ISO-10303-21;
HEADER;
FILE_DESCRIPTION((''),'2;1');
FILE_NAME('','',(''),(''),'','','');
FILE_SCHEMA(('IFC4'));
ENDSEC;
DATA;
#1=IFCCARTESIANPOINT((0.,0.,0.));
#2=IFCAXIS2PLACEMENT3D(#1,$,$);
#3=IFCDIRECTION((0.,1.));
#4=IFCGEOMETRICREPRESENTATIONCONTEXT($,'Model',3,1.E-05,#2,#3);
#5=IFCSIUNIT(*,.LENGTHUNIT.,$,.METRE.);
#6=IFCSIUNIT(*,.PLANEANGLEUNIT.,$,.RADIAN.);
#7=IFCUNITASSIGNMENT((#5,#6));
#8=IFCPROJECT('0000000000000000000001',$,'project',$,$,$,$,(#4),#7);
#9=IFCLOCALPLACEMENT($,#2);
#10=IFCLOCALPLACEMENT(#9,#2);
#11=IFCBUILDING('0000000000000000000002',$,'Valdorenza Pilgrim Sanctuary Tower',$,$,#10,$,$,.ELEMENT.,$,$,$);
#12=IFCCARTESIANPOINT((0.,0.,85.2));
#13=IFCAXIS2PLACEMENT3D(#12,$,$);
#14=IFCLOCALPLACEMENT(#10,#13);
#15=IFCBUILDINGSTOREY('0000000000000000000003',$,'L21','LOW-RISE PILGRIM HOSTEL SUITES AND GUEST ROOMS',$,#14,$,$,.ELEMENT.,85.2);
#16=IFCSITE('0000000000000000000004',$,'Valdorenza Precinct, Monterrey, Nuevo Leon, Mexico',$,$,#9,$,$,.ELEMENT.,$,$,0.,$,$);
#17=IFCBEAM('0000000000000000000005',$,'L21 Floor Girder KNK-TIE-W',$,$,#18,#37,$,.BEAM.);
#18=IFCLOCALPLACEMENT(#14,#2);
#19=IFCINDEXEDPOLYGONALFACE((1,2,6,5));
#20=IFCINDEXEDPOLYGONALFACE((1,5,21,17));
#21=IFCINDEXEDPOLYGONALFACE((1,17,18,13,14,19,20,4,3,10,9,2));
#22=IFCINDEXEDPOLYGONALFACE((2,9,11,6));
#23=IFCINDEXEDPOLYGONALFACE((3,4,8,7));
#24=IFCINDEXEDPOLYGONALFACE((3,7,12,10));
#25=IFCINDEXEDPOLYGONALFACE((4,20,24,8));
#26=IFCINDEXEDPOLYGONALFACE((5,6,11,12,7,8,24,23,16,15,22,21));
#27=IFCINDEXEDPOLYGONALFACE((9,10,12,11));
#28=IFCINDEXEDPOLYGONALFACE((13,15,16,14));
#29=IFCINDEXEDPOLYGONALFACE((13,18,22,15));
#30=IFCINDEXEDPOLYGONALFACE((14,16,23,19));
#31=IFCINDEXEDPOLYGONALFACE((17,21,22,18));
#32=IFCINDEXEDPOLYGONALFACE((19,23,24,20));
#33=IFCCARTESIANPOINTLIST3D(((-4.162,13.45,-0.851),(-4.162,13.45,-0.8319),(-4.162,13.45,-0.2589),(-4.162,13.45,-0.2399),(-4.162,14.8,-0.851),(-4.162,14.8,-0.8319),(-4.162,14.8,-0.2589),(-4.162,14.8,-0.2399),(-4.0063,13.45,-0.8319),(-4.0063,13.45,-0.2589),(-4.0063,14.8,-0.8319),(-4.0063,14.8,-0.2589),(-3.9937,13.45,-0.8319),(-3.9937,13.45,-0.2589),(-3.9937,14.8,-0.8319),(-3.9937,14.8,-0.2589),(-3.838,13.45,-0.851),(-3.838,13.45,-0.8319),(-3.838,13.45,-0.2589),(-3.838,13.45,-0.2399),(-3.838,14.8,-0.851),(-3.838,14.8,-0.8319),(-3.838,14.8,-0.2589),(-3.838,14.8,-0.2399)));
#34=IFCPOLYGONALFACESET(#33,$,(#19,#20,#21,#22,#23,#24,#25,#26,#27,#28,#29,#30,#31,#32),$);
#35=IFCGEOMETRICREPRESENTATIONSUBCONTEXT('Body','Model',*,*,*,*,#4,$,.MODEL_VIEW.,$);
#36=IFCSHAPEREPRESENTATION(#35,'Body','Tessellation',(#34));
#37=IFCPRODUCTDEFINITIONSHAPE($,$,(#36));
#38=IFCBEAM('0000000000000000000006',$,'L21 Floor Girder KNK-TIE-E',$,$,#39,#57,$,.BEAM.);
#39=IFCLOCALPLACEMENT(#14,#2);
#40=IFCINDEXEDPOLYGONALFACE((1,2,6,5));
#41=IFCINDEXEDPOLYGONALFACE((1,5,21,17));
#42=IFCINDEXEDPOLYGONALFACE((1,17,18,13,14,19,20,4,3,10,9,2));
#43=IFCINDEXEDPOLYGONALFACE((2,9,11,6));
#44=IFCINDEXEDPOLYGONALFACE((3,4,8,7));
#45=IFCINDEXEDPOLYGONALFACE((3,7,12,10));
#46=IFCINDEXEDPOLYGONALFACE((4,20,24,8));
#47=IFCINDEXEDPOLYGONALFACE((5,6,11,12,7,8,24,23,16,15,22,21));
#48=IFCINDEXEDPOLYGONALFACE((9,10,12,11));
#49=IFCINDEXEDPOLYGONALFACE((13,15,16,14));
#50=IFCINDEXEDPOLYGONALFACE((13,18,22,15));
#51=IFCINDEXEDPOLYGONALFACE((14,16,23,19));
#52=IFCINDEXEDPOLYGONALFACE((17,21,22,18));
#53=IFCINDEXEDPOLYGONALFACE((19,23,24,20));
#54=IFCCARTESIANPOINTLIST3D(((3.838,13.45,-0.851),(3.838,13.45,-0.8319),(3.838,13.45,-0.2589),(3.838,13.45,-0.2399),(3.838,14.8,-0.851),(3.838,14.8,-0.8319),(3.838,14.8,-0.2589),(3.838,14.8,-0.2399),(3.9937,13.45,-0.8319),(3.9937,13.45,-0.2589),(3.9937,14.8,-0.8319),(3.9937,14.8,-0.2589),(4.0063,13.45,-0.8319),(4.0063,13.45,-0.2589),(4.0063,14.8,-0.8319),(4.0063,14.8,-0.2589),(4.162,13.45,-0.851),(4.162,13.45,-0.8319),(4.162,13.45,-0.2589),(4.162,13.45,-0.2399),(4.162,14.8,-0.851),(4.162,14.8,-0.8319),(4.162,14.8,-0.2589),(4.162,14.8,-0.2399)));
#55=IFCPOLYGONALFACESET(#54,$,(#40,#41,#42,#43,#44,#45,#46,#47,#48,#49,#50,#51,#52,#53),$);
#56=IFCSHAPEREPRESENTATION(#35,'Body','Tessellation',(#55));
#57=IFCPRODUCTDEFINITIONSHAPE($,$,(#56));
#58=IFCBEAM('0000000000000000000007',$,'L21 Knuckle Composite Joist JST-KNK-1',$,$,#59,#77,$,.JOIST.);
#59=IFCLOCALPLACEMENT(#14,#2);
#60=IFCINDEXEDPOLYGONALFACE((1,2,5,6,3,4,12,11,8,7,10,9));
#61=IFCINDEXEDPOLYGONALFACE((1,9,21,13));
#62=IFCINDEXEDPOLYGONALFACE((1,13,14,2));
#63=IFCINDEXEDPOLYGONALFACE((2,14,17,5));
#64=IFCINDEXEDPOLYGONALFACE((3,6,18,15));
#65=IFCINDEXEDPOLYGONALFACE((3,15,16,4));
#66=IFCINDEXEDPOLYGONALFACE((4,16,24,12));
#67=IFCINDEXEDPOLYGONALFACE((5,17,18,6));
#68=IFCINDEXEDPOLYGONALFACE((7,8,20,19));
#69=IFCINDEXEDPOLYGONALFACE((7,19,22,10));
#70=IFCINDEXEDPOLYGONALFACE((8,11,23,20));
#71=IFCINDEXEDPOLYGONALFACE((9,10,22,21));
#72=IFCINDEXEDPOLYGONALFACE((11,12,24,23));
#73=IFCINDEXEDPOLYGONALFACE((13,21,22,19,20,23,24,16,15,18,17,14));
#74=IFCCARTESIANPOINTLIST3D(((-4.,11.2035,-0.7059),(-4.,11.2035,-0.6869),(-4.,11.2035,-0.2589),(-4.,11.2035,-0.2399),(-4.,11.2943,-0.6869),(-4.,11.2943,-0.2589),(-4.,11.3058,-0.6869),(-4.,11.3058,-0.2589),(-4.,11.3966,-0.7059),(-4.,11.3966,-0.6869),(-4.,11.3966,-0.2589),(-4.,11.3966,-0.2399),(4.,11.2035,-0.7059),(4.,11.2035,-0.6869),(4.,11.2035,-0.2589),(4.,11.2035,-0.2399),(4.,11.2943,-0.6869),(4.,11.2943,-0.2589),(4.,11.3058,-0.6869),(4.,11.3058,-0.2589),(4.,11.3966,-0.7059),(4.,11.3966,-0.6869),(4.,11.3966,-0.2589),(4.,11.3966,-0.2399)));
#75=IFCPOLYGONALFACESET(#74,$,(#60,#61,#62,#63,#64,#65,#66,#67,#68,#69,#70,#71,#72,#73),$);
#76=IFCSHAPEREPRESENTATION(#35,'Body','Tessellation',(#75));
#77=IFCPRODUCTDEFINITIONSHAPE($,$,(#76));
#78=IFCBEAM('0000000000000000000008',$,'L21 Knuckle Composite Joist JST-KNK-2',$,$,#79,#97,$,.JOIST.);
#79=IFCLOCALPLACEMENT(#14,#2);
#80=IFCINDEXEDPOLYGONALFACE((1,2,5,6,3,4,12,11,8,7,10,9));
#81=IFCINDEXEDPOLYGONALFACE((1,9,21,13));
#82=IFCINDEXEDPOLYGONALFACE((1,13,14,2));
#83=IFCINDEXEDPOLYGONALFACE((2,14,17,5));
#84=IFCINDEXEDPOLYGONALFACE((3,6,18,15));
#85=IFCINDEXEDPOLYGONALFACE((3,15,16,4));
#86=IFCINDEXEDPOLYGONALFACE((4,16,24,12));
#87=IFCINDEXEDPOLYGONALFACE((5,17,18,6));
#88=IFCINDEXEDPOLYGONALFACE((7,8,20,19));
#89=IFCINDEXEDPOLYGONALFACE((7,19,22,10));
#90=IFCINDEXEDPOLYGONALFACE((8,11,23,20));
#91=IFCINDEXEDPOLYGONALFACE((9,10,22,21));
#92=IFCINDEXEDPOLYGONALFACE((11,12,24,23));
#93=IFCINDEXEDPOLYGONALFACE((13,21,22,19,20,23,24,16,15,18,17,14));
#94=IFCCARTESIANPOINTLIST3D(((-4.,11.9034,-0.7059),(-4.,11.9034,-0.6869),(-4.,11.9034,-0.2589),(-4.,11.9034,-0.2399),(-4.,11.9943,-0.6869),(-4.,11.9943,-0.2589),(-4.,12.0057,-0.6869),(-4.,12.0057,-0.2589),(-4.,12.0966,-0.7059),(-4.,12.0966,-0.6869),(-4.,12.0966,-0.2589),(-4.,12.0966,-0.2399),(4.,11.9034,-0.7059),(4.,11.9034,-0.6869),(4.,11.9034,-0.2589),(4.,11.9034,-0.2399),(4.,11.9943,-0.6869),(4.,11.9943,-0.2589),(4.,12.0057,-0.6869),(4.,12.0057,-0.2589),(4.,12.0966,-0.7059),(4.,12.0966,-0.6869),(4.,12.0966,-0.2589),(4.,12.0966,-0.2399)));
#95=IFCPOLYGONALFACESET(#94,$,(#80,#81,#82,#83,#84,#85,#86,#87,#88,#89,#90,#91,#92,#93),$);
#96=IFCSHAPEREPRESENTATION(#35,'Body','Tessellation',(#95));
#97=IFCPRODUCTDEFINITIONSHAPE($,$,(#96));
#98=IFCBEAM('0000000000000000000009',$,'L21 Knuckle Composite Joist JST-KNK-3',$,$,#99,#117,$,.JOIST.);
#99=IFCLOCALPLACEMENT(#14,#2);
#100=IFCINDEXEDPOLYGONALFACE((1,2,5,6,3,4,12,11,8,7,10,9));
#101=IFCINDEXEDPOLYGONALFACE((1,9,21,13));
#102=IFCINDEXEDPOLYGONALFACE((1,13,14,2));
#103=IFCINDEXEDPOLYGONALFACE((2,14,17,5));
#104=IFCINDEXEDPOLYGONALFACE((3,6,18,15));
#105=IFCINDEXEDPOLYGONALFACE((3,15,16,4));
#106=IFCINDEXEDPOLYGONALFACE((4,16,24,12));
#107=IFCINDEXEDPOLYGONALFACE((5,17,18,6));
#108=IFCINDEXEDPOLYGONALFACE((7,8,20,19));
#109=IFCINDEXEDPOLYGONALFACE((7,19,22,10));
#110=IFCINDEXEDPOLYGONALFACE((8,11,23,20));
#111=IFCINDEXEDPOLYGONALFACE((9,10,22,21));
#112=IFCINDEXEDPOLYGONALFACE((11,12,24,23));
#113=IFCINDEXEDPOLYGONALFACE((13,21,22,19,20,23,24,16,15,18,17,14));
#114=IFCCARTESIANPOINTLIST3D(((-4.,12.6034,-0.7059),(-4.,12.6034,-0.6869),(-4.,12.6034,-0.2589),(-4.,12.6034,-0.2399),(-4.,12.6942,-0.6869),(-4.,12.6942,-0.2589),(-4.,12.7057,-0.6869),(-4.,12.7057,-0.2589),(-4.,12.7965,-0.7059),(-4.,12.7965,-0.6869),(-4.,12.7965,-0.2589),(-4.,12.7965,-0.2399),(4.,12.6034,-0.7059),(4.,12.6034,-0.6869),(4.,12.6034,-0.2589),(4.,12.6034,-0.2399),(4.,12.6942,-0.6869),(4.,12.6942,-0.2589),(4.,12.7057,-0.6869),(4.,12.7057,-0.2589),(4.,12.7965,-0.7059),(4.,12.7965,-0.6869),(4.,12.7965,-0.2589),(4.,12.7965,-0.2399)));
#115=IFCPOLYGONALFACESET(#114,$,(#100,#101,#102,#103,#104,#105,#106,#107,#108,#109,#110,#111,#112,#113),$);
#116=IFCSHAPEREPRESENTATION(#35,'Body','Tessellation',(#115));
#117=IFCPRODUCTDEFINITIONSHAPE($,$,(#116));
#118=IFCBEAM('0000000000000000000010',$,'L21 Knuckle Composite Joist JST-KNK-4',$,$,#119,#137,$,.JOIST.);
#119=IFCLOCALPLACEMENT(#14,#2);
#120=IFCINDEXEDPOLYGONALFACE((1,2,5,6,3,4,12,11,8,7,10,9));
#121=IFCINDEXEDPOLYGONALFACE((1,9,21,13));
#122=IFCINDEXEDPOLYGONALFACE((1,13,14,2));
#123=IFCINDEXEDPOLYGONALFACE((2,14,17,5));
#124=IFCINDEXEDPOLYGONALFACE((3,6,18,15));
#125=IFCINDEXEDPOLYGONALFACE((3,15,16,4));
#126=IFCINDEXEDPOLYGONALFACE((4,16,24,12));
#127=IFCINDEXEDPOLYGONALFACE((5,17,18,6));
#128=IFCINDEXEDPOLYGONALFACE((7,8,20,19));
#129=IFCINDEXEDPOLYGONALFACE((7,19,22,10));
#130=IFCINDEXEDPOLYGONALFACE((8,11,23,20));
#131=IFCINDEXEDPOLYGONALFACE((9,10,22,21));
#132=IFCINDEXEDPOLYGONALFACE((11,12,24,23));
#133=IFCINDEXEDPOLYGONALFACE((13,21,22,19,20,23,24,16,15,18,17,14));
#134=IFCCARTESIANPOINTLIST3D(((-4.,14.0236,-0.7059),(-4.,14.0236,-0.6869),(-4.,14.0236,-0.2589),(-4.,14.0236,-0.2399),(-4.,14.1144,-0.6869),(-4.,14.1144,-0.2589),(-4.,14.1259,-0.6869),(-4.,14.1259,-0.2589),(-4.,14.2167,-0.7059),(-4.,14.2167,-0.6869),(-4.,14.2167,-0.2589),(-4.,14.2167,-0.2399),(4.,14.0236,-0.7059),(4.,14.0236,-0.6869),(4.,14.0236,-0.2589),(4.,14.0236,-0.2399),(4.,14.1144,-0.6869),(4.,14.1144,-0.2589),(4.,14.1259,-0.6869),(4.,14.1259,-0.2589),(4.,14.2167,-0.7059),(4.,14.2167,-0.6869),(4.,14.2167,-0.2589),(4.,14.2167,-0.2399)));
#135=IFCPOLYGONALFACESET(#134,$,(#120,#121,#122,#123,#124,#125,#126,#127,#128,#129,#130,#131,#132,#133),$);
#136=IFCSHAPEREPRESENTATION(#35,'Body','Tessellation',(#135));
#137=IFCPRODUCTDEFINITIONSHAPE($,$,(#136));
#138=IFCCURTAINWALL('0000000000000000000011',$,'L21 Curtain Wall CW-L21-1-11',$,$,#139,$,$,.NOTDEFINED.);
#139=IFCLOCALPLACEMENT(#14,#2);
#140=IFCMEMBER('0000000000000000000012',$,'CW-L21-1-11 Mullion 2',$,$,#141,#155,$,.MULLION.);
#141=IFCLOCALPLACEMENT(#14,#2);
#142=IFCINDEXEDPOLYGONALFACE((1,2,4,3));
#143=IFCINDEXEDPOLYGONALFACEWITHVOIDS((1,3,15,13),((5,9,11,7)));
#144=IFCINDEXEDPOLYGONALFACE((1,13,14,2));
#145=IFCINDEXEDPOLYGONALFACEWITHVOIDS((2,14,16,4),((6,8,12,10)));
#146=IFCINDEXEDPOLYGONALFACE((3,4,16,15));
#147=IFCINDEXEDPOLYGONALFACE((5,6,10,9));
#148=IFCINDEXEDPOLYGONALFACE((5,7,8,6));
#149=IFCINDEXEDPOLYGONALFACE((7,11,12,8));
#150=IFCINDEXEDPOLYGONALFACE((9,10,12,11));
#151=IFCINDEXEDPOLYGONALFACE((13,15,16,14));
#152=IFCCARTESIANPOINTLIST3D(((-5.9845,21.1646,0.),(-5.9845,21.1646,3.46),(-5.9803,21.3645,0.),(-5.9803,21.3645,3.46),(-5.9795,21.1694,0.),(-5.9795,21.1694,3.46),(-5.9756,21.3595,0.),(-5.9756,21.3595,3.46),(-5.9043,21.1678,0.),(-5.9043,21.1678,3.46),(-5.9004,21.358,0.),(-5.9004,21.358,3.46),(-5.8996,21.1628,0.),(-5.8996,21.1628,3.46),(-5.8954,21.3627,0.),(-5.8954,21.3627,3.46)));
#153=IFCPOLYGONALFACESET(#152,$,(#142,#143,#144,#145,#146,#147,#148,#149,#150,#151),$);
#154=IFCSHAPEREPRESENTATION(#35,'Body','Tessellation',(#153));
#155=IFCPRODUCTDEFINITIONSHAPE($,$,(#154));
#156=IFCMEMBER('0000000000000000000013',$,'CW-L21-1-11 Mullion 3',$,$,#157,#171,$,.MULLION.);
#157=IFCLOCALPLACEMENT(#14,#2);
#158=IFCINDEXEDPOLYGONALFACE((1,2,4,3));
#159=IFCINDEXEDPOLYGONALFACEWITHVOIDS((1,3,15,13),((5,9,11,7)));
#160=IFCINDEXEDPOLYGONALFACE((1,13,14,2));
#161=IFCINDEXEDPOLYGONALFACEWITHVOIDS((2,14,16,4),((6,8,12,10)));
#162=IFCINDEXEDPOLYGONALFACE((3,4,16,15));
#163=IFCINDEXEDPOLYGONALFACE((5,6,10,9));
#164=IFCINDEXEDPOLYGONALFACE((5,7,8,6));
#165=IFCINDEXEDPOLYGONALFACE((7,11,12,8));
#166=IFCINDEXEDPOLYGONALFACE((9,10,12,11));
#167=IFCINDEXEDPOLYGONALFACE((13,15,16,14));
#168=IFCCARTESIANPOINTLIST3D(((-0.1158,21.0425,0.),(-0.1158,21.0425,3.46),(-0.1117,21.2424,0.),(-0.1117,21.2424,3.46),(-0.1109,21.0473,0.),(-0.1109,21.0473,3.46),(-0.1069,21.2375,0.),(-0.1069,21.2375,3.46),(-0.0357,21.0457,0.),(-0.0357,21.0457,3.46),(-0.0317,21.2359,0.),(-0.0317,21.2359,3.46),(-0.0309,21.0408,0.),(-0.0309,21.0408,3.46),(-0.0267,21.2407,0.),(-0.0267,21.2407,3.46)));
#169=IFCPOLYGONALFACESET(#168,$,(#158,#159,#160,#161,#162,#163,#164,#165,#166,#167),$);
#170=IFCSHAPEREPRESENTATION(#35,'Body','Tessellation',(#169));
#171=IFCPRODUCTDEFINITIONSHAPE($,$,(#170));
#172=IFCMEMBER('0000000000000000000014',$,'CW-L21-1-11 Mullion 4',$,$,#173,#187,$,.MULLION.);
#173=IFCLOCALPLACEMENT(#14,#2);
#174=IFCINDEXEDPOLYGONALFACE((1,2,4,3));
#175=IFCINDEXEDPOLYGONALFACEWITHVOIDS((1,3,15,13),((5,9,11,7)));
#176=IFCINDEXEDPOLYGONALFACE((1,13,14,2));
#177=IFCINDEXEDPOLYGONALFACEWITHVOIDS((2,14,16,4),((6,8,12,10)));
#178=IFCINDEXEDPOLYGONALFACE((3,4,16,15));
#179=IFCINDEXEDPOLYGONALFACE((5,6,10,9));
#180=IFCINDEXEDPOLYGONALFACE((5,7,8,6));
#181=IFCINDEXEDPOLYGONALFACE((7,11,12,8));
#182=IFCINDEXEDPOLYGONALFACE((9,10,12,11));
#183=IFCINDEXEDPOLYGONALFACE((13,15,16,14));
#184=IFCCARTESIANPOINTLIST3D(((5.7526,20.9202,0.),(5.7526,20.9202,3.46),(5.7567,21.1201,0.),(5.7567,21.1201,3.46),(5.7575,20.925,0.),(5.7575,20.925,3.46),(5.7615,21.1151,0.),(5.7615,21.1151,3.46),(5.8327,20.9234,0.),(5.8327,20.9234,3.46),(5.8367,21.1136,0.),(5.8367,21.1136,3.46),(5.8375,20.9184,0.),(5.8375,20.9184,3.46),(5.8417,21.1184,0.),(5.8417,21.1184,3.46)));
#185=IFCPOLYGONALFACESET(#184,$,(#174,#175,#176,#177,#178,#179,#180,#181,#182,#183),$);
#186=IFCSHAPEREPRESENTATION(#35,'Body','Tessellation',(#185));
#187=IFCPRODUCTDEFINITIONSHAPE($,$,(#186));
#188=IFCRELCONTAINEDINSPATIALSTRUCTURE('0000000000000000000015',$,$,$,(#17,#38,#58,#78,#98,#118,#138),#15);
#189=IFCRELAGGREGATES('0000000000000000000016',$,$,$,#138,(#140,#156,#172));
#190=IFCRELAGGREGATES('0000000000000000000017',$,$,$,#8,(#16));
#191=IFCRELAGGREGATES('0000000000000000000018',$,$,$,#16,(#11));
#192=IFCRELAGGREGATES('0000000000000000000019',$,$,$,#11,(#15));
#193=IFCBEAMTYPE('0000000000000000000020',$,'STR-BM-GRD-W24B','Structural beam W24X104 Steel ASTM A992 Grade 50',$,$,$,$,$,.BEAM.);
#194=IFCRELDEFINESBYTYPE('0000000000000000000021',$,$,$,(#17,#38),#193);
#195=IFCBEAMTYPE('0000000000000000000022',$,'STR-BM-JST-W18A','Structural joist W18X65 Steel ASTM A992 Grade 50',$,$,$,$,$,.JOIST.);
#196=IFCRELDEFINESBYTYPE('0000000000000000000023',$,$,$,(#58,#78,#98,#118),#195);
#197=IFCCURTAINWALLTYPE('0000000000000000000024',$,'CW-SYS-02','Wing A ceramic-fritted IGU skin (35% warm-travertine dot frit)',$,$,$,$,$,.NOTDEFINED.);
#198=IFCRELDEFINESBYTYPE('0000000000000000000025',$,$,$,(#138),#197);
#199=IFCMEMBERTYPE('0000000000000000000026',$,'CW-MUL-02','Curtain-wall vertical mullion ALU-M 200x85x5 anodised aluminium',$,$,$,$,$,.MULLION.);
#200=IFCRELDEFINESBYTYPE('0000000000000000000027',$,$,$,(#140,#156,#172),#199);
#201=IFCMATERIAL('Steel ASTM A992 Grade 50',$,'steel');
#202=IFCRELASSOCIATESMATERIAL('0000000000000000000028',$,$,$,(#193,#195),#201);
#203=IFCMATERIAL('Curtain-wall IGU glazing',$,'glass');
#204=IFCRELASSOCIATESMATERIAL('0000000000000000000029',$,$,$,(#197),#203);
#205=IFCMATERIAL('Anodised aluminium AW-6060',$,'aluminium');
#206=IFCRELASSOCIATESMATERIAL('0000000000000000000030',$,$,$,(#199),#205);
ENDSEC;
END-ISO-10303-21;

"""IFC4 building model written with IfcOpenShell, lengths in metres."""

from ifc_helpers import new_model, si_unit, direction, frame, origin, origin_2d, place, context, subcontext, project, spatial, hollow_rectangle, i_section, extrude, source, transform, mapped, material, material_profile, profile_set, type_object, element, aggregate, save


model = new_model("IFC4")

# Units and contexts
model_context = context("Model", 3, precision=1e-05, world=origin(), true_north=direction((0.0, 1.0)))
body_context = subcontext(model_context, "Body", "Model", "MODEL_VIEW")
ifc_project = project(units=[si_unit("LENGTHUNIT", "METRE"), si_unit("PLANEANGLEUNIT", "RADIAN")], contexts=[model_context])

# Site, building, storey
site_placement = place(None, origin())
site = spatial("IfcSite", under=ifc_project, at=site_placement, Name="Valdorenza Precinct, Monterrey, Nuevo Leon, Mexico", CompositionType="ELEMENT", RefElevation=0.0)
building_placement = place(site_placement, origin())
building = spatial("IfcBuilding", under=site, at=building_placement, Name="Valdorenza Pilgrim Sanctuary Tower", CompositionType="ELEMENT")
storey_placement = place(building_placement, frame((0.0, 0.0, 85.2)))
storey = spatial("IfcBuildingStorey", under=building, at=storey_placement, Name="L21", Description="LOW-RISE PILGRIM HOSTEL SUITES AND GUEST ROOMS", CompositionType="ELEMENT", Elevation=85.2)

# Shared definitions
ifc_material_1 = material(Name="Steel ASTM A992 Grade 50", Category="steel")

# Beams
ifc_material_profile_1 = material_profile(ifc_material_1, i_section(OverallWidth=0.324, OverallDepth=0.6111, WebThickness=0.0127, FlangeThickness=0.019, at=origin_2d()), Name="W24X104")
ifc_profile_set_1 = profile_set([ifc_material_profile_1], Name="Steel ASTM A992 Grade 50")
beam_type_1 = type_object("IfcBeamType", Name="STR-BM-GRD-W24B", Description="Structural beam W24X104 Steel ASTM A992 Grade 50", PredefinedType="BEAM", material=ifc_profile_set_1)
shared_shape_1 = source(origin(), body_context, "Body", "SweptSolid", [
    extrude(i_section(OverallWidth=0.324, OverallDepth=0.6111, WebThickness=0.0127, FlangeThickness=0.019, at=origin_2d()), origin(), (0.0, 0.0, 1.0), 1.3501),
])
for number, where, z_axis, x_axis, name in (
    (1, (-4.0, 13.45, -0.5454), (0.0, 1.0, 0.0), (-1.0, 0.0, 0.0), "L21 Floor Girder KNK-TIE-W"),
    (2, (4.0, 13.45, -0.5454), (0.0, 1.0, 0.0), (-1.0, 0.0, 0.0), "L21 Floor Girder KNK-TIE-E"),
):
    element("IfcBeam", number, at=place(storey_placement, frame(where, z_axis=z_axis, x_axis=x_axis)), inside=storey, type_object=beam_type_1, Name=name, PredefinedType="BEAM", context=body_context, shape_type="MappedRepresentation", body=[
        mapped(shared_shape_1, transform((0.0, 0.0, 0.0), x_axis=(1.0, 0.0, 0.0), y_axis=(0.0, 1.0, 0.0), z_axis=(0.0, 0.0, 1.0), scale=1.0)),
    ])
ifc_material_profile_2 = material_profile(ifc_material_1, i_section(OverallWidth=0.1931, OverallDepth=0.4661, WebThickness=0.0115, FlangeThickness=0.019, at=origin_2d()), Name="W18X65")
ifc_profile_set_2 = profile_set([ifc_material_profile_2], Name="Steel ASTM A992 Grade 50")
beam_type_2 = type_object("IfcBeamType", Name="STR-BM-JST-W18A", Description="Structural joist W18X65 Steel ASTM A992 Grade 50", PredefinedType="JOIST", material=ifc_profile_set_2)
shared_shape_2 = source(origin(), body_context, "Body", "SweptSolid", [
    extrude(i_section(OverallWidth=0.1931, OverallDepth=0.4661, WebThickness=0.0115, FlangeThickness=0.019, at=origin_2d()), origin(), (0.0, 0.0, 1.0), 8.0),
])
for number, where, z_axis, x_axis, name in (
    (3, (-4.0, 11.3, -0.4729), (1.0, 0.0, 0.0), (0.0, 1.0, 0.0), "L21 Knuckle Composite Joist JST-KNK-1"),
    (4, (-4.0, 12.0, -0.4729), (1.0, 0.0, 0.0), (0.0, 1.0, 0.0), "L21 Knuckle Composite Joist JST-KNK-2"),
    (5, (-4.0, 12.7, -0.4729), (1.0, 0.0, 0.0), (0.0, 1.0, 0.0), "L21 Knuckle Composite Joist JST-KNK-3"),
    (6, (-4.0, 14.1201, -0.4729), (1.0, 0.0, 0.0), (0.0, 1.0, 0.0), "L21 Knuckle Composite Joist JST-KNK-4"),
):
    element("IfcBeam", number, at=place(storey_placement, frame(where, z_axis=z_axis, x_axis=x_axis)), inside=storey, type_object=beam_type_2, Name=name, PredefinedType="JOIST", context=body_context, shape_type="MappedRepresentation", body=[
        mapped(shared_shape_2, transform((0.0, 0.0, 0.0), x_axis=(1.0, 0.0, 0.0), y_axis=(0.0, 1.0, 0.0), z_axis=(0.0, 0.0, 1.0), scale=1.0)),
    ])

# Curtain wall, members
ifc_material_2 = material(Name="Curtain-wall IGU glazing", Category="glass")
curtain_wall_type = type_object("IfcCurtainWallType", Name="CW-SYS-02", Description="Wing A ceramic-fritted IGU skin (35% warm-travertine dot frit)", PredefinedType="NOTDEFINED", material=ifc_material_2)
curtain_wall_1_placement = place(storey_placement, origin())
curtain_wall_1 = element("IfcCurtainWall", 7, at=curtain_wall_1_placement, inside=storey, type_object=curtain_wall_type, Name="L21 Curtain Wall CW-L21-1-11", PredefinedType="NOTDEFINED")
ifc_material_3 = material(Name="Anodised aluminium AW-6060", Category="aluminium")
ifc_material_profile_3 = material_profile(ifc_material_3, hollow_rectangle(XDim=0.085, YDim=0.2, WallThickness=0.0049, at=origin_2d()), Name="ALU-M 200x85x5")
ifc_profile_set_3 = profile_set([ifc_material_profile_3], Name="Anodised aluminium AW-6060")
member_type = type_object("IfcMemberType", Name="CW-MUL-02", Description="Curtain-wall vertical mullion ALU-M 200x85x5 anodised aluminium", PredefinedType="MULLION", material=ifc_profile_set_3)
shared_shape_3 = source(origin(), body_context, "Body", "SweptSolid", [
    extrude(hollow_rectangle(XDim=0.085, YDim=0.2, WallThickness=0.0049, at=origin_2d()), origin(), (0.0, 0.0, 1.0), 3.46),
])
member_1_placement = place(storey_placement, frame((-5.9399, 21.2637, 0.0), z_axis=(0.0, 0.0, 1.0), x_axis=(0.999783, -0.02082, 0.0)))
member_1 = element("IfcMember", 8, at=member_1_placement, type_object=member_type, Name="CW-L21-1-11 Mullion 2", PredefinedType="MULLION", context=body_context, shape_type="MappedRepresentation", body=[
    mapped(shared_shape_3, transform((0.0, 0.0, 0.0), x_axis=(1.0, 0.0, 0.0), y_axis=(0.0, 1.0, 0.0), z_axis=(0.0, 0.0, 1.0), scale=1.0)),
])
member_2_placement = place(storey_placement, frame((-0.0713, 21.1416, 0.0), z_axis=(0.0, 0.0, 1.0), x_axis=(0.999783, -0.02082, 0.0)))
member_2 = element("IfcMember", 9, at=member_2_placement, type_object=member_type, Name="CW-L21-1-11 Mullion 3", PredefinedType="MULLION", context=body_context, shape_type="MappedRepresentation", body=[
    mapped(shared_shape_3, transform((0.0, 0.0, 0.0), x_axis=(1.0, 0.0, 0.0), y_axis=(0.0, 1.0, 0.0), z_axis=(0.0, 0.0, 1.0), scale=1.0)),
])
member_3_placement = place(storey_placement, frame((5.7971, 21.0193, 0.0), z_axis=(0.0, 0.0, 1.0), x_axis=(0.999783, -0.02082, 0.0)))
member_3 = element("IfcMember", 10, at=member_3_placement, type_object=member_type, Name="CW-L21-1-11 Mullion 4", PredefinedType="MULLION", context=body_context, shape_type="MappedRepresentation", body=[
    mapped(shared_shape_3, transform((0.0, 0.0, 0.0), x_axis=(1.0, 0.0, 0.0), y_axis=(0.0, 1.0, 0.0), z_axis=(0.0, 0.0, 1.0), scale=1.0)),
])

aggregate(curtain_wall_1, [member_1, member_2, member_3])

save(model, "model.ifc")
